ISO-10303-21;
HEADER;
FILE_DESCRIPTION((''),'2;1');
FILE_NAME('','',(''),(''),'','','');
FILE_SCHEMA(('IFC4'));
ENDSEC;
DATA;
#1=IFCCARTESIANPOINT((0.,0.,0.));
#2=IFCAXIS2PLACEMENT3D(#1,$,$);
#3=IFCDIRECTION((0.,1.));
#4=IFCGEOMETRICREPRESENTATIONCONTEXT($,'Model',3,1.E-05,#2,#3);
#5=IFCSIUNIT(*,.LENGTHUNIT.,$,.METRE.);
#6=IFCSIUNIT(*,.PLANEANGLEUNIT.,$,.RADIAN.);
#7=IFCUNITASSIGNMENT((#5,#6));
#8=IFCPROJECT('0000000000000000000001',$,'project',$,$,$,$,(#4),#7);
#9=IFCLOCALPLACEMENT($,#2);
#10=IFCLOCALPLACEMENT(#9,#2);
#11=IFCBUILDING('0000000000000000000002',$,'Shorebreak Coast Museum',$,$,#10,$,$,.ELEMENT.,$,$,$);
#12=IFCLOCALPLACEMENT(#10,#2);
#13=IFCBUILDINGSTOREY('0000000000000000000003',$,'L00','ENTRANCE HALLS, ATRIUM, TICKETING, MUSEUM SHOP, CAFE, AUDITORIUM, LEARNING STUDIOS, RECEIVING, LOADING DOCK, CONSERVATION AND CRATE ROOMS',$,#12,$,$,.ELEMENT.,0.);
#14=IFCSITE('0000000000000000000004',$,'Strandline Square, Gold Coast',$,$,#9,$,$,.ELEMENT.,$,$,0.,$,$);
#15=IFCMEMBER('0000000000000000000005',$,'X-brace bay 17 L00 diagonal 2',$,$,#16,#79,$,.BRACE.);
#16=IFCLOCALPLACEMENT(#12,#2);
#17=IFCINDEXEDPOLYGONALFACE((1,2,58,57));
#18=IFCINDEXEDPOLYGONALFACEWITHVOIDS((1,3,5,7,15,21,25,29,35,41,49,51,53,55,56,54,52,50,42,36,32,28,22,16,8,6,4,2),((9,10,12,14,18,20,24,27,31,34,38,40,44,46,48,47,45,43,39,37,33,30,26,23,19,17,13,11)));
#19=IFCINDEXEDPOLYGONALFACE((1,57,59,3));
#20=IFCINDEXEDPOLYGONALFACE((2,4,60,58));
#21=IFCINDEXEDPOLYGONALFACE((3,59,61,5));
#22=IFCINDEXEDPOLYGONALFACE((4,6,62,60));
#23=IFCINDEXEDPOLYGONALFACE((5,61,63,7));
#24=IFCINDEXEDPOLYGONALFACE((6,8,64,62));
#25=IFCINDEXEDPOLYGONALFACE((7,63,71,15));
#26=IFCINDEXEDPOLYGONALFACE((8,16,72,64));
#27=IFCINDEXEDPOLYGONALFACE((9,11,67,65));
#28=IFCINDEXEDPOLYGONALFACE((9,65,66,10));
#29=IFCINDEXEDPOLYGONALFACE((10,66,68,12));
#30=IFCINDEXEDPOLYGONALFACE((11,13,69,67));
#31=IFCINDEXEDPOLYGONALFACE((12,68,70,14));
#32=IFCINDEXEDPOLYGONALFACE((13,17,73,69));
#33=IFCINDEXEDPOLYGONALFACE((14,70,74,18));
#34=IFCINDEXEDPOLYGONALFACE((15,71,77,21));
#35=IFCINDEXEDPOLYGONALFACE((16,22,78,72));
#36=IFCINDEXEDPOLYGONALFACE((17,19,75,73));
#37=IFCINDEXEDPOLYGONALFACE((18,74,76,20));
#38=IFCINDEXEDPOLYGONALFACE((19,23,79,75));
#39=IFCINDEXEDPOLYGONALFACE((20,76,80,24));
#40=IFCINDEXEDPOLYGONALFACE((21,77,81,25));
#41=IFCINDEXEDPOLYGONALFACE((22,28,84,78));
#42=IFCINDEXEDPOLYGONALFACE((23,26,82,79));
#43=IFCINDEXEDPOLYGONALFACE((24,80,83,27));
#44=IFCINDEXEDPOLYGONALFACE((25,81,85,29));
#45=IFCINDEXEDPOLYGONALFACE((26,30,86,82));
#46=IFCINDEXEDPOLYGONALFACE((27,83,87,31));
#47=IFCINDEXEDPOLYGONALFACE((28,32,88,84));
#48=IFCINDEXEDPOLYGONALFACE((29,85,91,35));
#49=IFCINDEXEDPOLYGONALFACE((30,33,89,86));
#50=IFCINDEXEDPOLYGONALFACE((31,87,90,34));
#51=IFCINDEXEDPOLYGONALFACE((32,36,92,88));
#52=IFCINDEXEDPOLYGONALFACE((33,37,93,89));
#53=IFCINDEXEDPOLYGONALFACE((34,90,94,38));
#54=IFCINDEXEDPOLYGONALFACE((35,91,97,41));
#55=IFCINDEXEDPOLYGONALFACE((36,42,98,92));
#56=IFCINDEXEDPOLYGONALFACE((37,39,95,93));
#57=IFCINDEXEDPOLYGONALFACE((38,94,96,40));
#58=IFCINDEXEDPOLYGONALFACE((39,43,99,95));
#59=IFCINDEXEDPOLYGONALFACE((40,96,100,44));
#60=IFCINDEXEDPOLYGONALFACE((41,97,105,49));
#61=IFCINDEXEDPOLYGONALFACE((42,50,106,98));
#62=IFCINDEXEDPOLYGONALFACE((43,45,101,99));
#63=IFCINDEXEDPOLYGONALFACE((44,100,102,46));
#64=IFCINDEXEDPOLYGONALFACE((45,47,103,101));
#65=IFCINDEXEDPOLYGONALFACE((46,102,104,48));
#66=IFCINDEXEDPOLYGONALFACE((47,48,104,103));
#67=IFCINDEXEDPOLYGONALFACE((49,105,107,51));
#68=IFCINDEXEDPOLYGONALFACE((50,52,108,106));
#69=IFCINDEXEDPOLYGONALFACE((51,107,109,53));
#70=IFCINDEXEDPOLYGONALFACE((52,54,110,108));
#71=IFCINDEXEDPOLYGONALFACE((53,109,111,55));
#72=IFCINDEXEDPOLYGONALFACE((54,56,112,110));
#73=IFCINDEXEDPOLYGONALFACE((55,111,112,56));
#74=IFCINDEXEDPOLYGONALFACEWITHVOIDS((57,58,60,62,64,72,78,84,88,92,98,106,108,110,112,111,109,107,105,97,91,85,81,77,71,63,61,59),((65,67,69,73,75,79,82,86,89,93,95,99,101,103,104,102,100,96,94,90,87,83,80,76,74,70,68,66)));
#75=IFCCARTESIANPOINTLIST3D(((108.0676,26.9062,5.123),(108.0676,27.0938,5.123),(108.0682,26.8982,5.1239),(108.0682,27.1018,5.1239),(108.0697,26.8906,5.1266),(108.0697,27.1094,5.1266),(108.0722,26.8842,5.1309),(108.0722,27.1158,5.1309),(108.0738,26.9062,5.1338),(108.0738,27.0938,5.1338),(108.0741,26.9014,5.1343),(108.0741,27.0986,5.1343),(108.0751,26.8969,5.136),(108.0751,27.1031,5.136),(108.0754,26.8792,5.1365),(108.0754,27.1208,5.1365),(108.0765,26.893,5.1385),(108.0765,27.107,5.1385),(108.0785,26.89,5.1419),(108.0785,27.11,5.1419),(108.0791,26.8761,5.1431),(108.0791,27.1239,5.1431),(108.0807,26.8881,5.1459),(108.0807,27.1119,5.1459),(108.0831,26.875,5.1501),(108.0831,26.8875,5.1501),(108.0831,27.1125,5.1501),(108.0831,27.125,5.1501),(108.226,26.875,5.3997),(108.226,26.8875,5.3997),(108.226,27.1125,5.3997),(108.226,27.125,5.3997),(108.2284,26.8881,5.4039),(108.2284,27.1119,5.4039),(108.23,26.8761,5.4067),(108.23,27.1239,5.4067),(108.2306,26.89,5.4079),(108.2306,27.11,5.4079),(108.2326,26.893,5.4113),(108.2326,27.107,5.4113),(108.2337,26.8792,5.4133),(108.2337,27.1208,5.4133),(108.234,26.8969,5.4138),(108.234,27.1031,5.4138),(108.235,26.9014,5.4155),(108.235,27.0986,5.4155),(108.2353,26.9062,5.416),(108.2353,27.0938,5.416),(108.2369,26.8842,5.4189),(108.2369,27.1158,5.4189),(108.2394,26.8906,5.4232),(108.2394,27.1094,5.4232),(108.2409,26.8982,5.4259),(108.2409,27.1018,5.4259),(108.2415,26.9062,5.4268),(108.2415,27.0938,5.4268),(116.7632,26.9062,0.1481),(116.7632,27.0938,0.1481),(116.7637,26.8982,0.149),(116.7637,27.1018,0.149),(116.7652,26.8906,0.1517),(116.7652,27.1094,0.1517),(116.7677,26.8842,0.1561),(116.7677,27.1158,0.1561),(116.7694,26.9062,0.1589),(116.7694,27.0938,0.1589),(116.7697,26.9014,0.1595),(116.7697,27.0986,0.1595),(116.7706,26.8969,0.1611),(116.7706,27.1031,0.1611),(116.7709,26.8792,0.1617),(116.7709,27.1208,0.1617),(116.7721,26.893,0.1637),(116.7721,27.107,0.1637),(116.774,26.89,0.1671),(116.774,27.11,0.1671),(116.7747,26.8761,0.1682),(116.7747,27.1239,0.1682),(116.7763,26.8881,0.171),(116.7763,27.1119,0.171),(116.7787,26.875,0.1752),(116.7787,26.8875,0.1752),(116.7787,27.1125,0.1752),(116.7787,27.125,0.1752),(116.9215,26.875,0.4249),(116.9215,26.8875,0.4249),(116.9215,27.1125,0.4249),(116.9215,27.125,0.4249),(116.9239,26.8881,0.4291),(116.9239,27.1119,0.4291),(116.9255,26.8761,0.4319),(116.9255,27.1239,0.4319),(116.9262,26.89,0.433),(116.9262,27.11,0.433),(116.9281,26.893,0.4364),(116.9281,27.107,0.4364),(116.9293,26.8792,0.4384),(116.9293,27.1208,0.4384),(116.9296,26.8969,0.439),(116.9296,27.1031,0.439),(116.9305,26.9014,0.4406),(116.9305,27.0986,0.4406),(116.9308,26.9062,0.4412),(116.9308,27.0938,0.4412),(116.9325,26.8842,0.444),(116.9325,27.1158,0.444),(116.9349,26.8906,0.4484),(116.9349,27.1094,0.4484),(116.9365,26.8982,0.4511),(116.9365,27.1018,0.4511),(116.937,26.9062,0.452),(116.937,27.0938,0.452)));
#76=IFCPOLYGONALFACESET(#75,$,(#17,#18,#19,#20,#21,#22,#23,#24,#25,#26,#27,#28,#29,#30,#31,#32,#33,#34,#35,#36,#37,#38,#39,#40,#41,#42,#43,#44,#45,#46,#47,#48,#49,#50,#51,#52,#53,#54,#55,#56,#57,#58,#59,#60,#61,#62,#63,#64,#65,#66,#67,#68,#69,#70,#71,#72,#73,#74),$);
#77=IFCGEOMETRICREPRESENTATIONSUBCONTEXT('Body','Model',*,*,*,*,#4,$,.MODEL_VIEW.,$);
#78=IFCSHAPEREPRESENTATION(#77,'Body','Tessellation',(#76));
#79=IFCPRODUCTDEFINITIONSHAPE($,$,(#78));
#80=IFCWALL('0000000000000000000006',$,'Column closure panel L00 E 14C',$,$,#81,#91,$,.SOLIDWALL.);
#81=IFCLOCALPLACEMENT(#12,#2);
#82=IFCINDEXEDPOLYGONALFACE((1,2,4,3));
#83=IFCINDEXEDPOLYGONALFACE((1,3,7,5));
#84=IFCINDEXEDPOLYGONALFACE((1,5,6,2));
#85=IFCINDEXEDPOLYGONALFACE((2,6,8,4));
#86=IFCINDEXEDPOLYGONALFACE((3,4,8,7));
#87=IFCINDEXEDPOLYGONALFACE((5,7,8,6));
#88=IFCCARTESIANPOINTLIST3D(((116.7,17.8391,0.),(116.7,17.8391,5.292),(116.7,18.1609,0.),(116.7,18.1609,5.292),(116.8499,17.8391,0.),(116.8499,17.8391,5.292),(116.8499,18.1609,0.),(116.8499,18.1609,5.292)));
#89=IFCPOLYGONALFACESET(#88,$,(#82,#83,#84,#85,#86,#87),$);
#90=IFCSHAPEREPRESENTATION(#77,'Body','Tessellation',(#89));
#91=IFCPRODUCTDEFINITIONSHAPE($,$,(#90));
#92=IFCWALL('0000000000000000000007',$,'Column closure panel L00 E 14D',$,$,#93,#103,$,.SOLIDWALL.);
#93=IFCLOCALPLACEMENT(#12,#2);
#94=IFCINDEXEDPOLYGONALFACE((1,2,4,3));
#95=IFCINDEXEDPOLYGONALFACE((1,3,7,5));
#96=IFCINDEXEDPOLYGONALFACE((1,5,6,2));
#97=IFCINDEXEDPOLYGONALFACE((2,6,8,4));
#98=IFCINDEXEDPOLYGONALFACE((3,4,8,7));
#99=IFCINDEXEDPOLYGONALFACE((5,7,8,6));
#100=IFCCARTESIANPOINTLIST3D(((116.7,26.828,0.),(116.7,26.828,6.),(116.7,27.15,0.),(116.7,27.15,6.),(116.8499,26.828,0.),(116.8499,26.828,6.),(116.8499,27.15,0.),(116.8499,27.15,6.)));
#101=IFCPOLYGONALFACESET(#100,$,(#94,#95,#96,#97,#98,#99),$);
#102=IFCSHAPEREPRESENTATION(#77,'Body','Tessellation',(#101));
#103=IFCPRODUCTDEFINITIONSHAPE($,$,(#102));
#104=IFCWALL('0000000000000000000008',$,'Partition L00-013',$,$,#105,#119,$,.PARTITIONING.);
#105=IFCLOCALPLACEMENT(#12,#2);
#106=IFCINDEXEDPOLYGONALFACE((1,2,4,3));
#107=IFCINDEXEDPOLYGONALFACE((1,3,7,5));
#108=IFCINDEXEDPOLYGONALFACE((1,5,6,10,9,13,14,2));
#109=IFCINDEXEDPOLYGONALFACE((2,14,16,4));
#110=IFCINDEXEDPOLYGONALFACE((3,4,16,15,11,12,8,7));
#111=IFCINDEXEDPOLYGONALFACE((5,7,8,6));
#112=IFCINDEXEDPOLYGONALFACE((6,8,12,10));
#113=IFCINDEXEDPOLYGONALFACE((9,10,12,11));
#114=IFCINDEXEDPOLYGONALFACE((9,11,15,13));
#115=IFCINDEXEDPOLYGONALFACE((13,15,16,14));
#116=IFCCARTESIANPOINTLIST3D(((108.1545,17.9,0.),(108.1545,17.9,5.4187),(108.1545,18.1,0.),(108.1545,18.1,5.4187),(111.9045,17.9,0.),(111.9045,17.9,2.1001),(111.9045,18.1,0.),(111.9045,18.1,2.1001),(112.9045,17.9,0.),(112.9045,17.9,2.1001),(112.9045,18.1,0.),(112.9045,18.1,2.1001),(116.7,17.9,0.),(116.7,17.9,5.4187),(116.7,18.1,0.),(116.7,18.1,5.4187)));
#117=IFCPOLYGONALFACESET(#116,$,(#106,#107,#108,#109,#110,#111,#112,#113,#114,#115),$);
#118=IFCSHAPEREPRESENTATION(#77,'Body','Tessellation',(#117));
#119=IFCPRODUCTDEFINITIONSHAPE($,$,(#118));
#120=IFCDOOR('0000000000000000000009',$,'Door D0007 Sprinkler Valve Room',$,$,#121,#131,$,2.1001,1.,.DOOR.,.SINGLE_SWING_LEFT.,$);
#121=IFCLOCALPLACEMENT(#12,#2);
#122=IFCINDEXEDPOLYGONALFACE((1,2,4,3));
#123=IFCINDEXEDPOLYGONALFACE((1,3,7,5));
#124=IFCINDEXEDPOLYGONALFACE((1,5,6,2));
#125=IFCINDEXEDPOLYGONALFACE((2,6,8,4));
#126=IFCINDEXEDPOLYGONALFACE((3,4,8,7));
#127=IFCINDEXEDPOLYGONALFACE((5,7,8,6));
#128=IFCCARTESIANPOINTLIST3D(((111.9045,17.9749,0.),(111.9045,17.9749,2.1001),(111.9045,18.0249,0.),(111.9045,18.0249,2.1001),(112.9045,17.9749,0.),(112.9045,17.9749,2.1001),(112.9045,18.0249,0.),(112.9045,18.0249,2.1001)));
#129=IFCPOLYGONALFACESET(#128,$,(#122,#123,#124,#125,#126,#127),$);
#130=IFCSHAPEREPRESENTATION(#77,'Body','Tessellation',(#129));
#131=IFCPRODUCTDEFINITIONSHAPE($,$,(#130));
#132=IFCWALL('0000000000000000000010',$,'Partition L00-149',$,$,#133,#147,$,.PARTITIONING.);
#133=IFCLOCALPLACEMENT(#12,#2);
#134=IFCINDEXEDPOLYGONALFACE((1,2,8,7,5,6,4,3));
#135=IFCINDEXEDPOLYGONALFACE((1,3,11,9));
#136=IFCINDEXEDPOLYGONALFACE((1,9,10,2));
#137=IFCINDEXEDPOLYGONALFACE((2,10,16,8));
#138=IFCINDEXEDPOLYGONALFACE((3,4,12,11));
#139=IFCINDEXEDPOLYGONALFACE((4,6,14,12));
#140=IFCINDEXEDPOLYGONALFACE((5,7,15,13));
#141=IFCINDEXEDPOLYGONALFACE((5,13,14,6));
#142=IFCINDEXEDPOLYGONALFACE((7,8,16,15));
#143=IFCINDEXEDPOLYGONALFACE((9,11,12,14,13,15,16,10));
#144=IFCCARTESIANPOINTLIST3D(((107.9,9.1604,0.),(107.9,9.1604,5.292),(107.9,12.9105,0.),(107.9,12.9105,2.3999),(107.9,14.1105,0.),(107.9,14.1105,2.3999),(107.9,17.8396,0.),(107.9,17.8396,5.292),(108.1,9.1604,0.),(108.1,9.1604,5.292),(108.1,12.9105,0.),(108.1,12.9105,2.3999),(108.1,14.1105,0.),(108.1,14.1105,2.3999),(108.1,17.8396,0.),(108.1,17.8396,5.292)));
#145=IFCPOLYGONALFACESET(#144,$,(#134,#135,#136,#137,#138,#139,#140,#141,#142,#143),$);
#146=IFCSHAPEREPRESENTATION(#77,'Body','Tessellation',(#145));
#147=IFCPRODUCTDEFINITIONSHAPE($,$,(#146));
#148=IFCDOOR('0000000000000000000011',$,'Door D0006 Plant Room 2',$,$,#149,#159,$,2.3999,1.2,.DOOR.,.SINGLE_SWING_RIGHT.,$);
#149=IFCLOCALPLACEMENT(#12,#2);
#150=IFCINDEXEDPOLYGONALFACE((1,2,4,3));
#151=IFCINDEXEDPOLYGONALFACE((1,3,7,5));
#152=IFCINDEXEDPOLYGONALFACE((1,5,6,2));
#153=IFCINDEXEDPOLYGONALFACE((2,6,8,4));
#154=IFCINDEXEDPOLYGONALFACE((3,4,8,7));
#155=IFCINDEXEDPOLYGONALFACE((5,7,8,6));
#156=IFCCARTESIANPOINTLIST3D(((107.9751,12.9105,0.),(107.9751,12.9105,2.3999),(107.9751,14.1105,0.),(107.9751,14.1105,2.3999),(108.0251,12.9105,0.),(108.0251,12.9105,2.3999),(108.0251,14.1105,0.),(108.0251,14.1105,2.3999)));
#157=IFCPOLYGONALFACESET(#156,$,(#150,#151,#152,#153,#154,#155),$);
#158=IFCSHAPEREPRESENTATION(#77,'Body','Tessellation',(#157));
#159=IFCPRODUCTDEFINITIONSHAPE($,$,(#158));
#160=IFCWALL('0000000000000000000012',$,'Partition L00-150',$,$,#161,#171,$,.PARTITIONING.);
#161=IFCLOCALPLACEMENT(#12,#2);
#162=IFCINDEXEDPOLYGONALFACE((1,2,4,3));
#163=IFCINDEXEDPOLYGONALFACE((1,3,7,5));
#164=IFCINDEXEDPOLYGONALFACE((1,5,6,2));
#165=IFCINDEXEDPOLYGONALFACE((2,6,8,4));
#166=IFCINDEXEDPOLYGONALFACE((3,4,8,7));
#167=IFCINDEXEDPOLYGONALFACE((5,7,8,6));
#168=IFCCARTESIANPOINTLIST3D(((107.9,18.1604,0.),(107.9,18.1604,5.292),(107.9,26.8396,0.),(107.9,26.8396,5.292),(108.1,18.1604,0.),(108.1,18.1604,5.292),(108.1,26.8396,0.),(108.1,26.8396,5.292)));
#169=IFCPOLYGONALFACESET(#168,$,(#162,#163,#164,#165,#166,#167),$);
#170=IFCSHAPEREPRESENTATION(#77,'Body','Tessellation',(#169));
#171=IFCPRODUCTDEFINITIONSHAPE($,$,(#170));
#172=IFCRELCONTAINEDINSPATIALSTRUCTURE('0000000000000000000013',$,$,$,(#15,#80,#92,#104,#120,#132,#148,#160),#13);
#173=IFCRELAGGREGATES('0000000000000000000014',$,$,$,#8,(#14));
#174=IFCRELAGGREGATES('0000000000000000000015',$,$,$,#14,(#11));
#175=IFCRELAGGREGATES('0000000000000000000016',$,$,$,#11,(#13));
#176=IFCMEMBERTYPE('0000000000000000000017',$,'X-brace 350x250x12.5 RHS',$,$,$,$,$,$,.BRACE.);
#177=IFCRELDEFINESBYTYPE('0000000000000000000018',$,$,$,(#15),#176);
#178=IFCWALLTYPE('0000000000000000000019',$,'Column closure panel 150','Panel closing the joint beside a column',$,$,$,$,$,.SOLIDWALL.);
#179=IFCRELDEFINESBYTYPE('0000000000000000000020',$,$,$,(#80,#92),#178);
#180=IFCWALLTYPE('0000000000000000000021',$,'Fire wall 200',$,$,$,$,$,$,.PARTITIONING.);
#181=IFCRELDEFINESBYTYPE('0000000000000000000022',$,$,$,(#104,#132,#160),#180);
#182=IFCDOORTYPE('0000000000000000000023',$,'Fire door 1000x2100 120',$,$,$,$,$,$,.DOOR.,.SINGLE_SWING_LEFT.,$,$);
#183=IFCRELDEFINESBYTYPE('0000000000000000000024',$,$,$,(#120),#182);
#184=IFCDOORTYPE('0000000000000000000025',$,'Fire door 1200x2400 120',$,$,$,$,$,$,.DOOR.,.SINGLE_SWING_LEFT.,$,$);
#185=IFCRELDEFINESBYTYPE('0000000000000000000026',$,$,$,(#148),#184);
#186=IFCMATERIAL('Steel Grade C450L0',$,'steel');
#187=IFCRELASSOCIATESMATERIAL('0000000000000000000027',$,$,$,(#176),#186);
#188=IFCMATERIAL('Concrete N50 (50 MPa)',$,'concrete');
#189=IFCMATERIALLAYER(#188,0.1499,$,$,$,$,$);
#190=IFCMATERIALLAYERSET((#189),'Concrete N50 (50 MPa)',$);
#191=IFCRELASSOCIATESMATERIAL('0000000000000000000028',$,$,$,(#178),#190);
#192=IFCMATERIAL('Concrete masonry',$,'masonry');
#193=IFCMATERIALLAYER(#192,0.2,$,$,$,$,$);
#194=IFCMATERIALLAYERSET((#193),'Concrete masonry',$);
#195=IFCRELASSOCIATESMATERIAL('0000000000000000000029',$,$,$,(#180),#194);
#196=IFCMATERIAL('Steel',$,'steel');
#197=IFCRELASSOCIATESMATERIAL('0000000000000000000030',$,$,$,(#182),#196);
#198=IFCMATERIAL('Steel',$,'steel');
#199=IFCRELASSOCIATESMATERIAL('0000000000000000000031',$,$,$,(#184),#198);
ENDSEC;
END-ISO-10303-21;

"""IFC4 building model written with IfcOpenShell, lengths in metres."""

from ifc_helpers import new_model, si_unit, direction, frame, frame_2d, origin, origin_2d, place, context, subcontext, project, spatial, rectangle, hollow_rectangle, extrude, material, layer, layer_set, material_profile, profile_set, type_object, element, fill, save


model = new_model("IFC4")

# Units and contexts
model_context = context("Model", 3, precision=1e-05, world=origin(), true_north=direction((0.0, 1.0)))
body_context = subcontext(model_context, "Body", "Model", "MODEL_VIEW")
ifc_project = project(units=[si_unit("LENGTHUNIT", "METRE"), si_unit("PLANEANGLEUNIT", "RADIAN")], contexts=[model_context])

# Site, building, storey
site_placement = place(None, origin())
site = spatial("IfcSite", under=ifc_project, at=site_placement, Name="Strandline Square, Gold Coast", CompositionType="ELEMENT", RefElevation=0.0)
building_placement = place(site_placement, origin())
building = spatial("IfcBuilding", under=site, at=building_placement, Name="Shorebreak Coast Museum", CompositionType="ELEMENT")
storey_placement = place(building_placement, origin())
storey = spatial("IfcBuildingStorey", under=building, at=storey_placement, Name="L00", Description="ENTRANCE HALLS, ATRIUM, TICKETING, MUSEUM SHOP, CAFE, AUDITORIUM, LEARNING STUDIOS, RECEIVING, LOADING DOCK, CONSERVATION AND CRATE ROOMS", CompositionType="ELEMENT", Elevation=0.0)

# Member
ifc_material_1 = material(Name="Steel Grade C450L0", Category="steel")
ifc_material_profile_1 = material_profile(ifc_material_1, hollow_rectangle(XDim=0.25, YDim=0.3501, WallThickness=0.0125, InnerFilletRadius=0.0188, OuterFilletRadius=0.0312, at=origin_2d()), Name="350x250x12.5 RHS")
ifc_profile_set_1 = profile_set([ifc_material_profile_1], Name="Steel Grade C450L0")
member_type = type_object("IfcMemberType", Name="X-brace 350x250x12.5 RHS", PredefinedType="BRACE", material=ifc_profile_set_1)
for number, where, z_axis, x_axis, name in (
    (1, (116.8501, 27.0, 0.3), (-0.867987, 0.0, 0.496588), (0.0, -1.0, 0.0), "X-brace bay 17 L00 diagonal 2"),
):
    element("IfcMember", number, at=place(storey_placement, frame(where, z_axis=z_axis, x_axis=x_axis)), inside=storey, type_object=member_type, Name=name, PredefinedType="BRACE", context=body_context, shape_type="SweptSolid", body=[
        extrude(hollow_rectangle(XDim=0.25, YDim=0.3501, WallThickness=0.0125, InnerFilletRadius=0.0188, OuterFilletRadius=0.0312, at=origin_2d()), origin(), (0.0, 0.0, 1.0), 10.0181),
    ])

# Walls
ifc_material_2 = material(Name="Concrete N50 (50 MPa)", Category="concrete")
ifc_layer_1 = layer(ifc_material_2, 0.1499)
ifc_layer_set_1 = layer_set([ifc_layer_1], Name="Concrete N50 (50 MPa)")
wall_type_1 = type_object("IfcWallType", Name="Column closure panel 150", Description="Panel closing the joint beside a column", PredefinedType="SOLIDWALL", material=ifc_layer_set_1)
wall_1_placement = place(storey_placement, frame((116.7749, 17.8391, 0.0), z_axis=(0.0, 0.0, 1.0), x_axis=(0.0, 1.0, 0.0)))
element("IfcWall", 2, at=wall_1_placement, inside=storey, type_object=wall_type_1, Name="Column closure panel L00 E 14C", PredefinedType="SOLIDWALL", context=body_context, shape_type="SweptSolid", body=[
    extrude(rectangle(XDim=0.3218, YDim=0.1499, at=frame_2d((0.1609, 0.0))), origin(), (0.0, 0.0, 1.0), 5.292),
])
wall_2_placement = place(storey_placement, frame((116.7749, 26.8279, 0.0), z_axis=(0.0, 0.0, 1.0), x_axis=(0.0, 1.0, 0.0)))
element("IfcWall", 3, at=wall_2_placement, inside=storey, type_object=wall_type_1, Name="Column closure panel L00 E 14D", PredefinedType="SOLIDWALL", context=body_context, shape_type="SweptSolid", body=[
    extrude(rectangle(XDim=0.322, YDim=0.1499, at=frame_2d((0.1611, 0.0))), origin(), (0.0, 0.0, 1.0), 6.0),
])

# Walls, openings, doors
ifc_material_3 = material(Name="Concrete masonry", Category="masonry")
ifc_layer_2 = layer(ifc_material_3, 0.2)
ifc_layer_set_2 = layer_set([ifc_layer_2], Name="Concrete masonry")
wall_type_2 = type_object("IfcWallType", Name="Fire wall 200", PredefinedType="PARTITIONING", material=ifc_layer_set_2)
wall_3_placement = place(storey_placement, frame((108.1545, 18.0, 0.0), z_axis=(0.0, 0.0, 1.0), x_axis=(1.0, 0.0, 0.0)))
wall_3 = element("IfcWall", 4, at=wall_3_placement, inside=storey, type_object=wall_type_2, Name="Partition L00-013", PredefinedType="PARTITIONING", context=body_context, shape_type="SweptSolid", body=[
    extrude(rectangle(XDim=8.5454, YDim=0.2, at=frame_2d((4.2727, 0.0))), origin(), (0.0, 0.0, 1.0), 5.4187),
])
opening_1_placement = place(wall_3_placement, frame((3.75, 0.0, 0.0)))
opening_1 = element("IfcOpeningElement", 5, at=opening_1_placement, cuts=wall_3, PredefinedType="OPENING", context=body_context, shape_type="SweptSolid", body=[
    extrude(rectangle(XDim=1.0, YDim=2.1001, at=frame_2d((0.5, 1.05))), frame((0.0, 0.1099, 0.0), z_axis=(0.0, -1.0, 0.0), x_axis=(1.0, 0.0, 0.0)), (0.0, 0.0, 1.0), 0.22),
])
ifc_material_4 = material(Name="Steel", Category="steel")
door_type_1 = type_object("IfcDoorType", Name="Fire door 1000x2100 120", OperationType="SINGLE_SWING_LEFT", PredefinedType="DOOR", material=ifc_material_4)
door_1_placement = place(opening_1_placement, origin())
door_1 = element("IfcDoor", 6, at=door_1_placement, inside=storey, type_object=door_type_1, Name="Door D0007 Sprinkler Valve Room", OperationType="SINGLE_SWING_LEFT", OverallHeight=2.1001, OverallWidth=1.0, PredefinedType="DOOR", context=body_context, shape_type="SweptSolid", body=[
    extrude(rectangle(XDim=1.0, YDim=2.1001, at=frame_2d((0.5, 1.05))), frame((0.0, 0.0249, 0.0), z_axis=(0.0, -1.0, 0.0), x_axis=(1.0, 0.0, 0.0)), (0.0, 0.0, 1.0), 0.05),
])
fill(opening_1, door_1)
wall_4_placement = place(storey_placement, frame((108.0, 9.1604, 0.0), z_axis=(0.0, 0.0, 1.0), x_axis=(0.0, 1.0, 0.0)))
wall_4 = element("IfcWall", 7, at=wall_4_placement, inside=storey, type_object=wall_type_2, Name="Partition L00-149", PredefinedType="PARTITIONING", context=body_context, shape_type="SweptSolid", body=[
    extrude(rectangle(XDim=8.6792, YDim=0.2, at=frame_2d((4.3396, 0.0))), origin(), (0.0, 0.0, 1.0), 5.292),
])
opening_2_placement = place(wall_4_placement, frame((3.75, 0.0, 0.0)))
opening_2 = element("IfcOpeningElement", 8, at=opening_2_placement, cuts=wall_4, PredefinedType="OPENING", context=body_context, shape_type="SweptSolid", body=[
    extrude(rectangle(XDim=1.2, YDim=2.3999, at=frame_2d((0.6001, 1.2))), frame((0.0, 0.1099, 0.0), z_axis=(0.0, -1.0, 0.0), x_axis=(1.0, 0.0, 0.0)), (0.0, 0.0, 1.0), 0.22),
])
ifc_material_5 = material(Name="Steel", Category="steel")
door_type_2 = type_object("IfcDoorType", Name="Fire door 1200x2400 120", OperationType="SINGLE_SWING_LEFT", PredefinedType="DOOR", material=ifc_material_5)
door_2_placement = place(opening_2_placement, origin())
door_2 = element("IfcDoor", 9, at=door_2_placement, inside=storey, type_object=door_type_2, Name="Door D0006 Plant Room 2", OperationType="SINGLE_SWING_RIGHT", OverallHeight=2.3999, OverallWidth=1.2, PredefinedType="DOOR", context=body_context, shape_type="SweptSolid", body=[
    extrude(rectangle(XDim=1.2, YDim=2.3999, at=frame_2d((0.6001, 1.2))), frame((0.0, 0.0249, 0.0), z_axis=(0.0, -1.0, 0.0), x_axis=(1.0, 0.0, 0.0)), (0.0, 0.0, 1.0), 0.05),
])
fill(opening_2, door_2)

# Wall
wall_5_placement = place(storey_placement, frame((108.0, 18.1604, 0.0), z_axis=(0.0, 0.0, 1.0), x_axis=(0.0, 1.0, 0.0)))
element("IfcWall", 10, at=wall_5_placement, inside=storey, type_object=wall_type_2, Name="Partition L00-150", PredefinedType="PARTITIONING", context=body_context, shape_type="SweptSolid", body=[
    extrude(rectangle(XDim=8.6792, YDim=0.2, at=frame_2d((4.3396, 0.0))), origin(), (0.0, 0.0, 1.0), 5.292),
])

save(model, "model.ifc")
